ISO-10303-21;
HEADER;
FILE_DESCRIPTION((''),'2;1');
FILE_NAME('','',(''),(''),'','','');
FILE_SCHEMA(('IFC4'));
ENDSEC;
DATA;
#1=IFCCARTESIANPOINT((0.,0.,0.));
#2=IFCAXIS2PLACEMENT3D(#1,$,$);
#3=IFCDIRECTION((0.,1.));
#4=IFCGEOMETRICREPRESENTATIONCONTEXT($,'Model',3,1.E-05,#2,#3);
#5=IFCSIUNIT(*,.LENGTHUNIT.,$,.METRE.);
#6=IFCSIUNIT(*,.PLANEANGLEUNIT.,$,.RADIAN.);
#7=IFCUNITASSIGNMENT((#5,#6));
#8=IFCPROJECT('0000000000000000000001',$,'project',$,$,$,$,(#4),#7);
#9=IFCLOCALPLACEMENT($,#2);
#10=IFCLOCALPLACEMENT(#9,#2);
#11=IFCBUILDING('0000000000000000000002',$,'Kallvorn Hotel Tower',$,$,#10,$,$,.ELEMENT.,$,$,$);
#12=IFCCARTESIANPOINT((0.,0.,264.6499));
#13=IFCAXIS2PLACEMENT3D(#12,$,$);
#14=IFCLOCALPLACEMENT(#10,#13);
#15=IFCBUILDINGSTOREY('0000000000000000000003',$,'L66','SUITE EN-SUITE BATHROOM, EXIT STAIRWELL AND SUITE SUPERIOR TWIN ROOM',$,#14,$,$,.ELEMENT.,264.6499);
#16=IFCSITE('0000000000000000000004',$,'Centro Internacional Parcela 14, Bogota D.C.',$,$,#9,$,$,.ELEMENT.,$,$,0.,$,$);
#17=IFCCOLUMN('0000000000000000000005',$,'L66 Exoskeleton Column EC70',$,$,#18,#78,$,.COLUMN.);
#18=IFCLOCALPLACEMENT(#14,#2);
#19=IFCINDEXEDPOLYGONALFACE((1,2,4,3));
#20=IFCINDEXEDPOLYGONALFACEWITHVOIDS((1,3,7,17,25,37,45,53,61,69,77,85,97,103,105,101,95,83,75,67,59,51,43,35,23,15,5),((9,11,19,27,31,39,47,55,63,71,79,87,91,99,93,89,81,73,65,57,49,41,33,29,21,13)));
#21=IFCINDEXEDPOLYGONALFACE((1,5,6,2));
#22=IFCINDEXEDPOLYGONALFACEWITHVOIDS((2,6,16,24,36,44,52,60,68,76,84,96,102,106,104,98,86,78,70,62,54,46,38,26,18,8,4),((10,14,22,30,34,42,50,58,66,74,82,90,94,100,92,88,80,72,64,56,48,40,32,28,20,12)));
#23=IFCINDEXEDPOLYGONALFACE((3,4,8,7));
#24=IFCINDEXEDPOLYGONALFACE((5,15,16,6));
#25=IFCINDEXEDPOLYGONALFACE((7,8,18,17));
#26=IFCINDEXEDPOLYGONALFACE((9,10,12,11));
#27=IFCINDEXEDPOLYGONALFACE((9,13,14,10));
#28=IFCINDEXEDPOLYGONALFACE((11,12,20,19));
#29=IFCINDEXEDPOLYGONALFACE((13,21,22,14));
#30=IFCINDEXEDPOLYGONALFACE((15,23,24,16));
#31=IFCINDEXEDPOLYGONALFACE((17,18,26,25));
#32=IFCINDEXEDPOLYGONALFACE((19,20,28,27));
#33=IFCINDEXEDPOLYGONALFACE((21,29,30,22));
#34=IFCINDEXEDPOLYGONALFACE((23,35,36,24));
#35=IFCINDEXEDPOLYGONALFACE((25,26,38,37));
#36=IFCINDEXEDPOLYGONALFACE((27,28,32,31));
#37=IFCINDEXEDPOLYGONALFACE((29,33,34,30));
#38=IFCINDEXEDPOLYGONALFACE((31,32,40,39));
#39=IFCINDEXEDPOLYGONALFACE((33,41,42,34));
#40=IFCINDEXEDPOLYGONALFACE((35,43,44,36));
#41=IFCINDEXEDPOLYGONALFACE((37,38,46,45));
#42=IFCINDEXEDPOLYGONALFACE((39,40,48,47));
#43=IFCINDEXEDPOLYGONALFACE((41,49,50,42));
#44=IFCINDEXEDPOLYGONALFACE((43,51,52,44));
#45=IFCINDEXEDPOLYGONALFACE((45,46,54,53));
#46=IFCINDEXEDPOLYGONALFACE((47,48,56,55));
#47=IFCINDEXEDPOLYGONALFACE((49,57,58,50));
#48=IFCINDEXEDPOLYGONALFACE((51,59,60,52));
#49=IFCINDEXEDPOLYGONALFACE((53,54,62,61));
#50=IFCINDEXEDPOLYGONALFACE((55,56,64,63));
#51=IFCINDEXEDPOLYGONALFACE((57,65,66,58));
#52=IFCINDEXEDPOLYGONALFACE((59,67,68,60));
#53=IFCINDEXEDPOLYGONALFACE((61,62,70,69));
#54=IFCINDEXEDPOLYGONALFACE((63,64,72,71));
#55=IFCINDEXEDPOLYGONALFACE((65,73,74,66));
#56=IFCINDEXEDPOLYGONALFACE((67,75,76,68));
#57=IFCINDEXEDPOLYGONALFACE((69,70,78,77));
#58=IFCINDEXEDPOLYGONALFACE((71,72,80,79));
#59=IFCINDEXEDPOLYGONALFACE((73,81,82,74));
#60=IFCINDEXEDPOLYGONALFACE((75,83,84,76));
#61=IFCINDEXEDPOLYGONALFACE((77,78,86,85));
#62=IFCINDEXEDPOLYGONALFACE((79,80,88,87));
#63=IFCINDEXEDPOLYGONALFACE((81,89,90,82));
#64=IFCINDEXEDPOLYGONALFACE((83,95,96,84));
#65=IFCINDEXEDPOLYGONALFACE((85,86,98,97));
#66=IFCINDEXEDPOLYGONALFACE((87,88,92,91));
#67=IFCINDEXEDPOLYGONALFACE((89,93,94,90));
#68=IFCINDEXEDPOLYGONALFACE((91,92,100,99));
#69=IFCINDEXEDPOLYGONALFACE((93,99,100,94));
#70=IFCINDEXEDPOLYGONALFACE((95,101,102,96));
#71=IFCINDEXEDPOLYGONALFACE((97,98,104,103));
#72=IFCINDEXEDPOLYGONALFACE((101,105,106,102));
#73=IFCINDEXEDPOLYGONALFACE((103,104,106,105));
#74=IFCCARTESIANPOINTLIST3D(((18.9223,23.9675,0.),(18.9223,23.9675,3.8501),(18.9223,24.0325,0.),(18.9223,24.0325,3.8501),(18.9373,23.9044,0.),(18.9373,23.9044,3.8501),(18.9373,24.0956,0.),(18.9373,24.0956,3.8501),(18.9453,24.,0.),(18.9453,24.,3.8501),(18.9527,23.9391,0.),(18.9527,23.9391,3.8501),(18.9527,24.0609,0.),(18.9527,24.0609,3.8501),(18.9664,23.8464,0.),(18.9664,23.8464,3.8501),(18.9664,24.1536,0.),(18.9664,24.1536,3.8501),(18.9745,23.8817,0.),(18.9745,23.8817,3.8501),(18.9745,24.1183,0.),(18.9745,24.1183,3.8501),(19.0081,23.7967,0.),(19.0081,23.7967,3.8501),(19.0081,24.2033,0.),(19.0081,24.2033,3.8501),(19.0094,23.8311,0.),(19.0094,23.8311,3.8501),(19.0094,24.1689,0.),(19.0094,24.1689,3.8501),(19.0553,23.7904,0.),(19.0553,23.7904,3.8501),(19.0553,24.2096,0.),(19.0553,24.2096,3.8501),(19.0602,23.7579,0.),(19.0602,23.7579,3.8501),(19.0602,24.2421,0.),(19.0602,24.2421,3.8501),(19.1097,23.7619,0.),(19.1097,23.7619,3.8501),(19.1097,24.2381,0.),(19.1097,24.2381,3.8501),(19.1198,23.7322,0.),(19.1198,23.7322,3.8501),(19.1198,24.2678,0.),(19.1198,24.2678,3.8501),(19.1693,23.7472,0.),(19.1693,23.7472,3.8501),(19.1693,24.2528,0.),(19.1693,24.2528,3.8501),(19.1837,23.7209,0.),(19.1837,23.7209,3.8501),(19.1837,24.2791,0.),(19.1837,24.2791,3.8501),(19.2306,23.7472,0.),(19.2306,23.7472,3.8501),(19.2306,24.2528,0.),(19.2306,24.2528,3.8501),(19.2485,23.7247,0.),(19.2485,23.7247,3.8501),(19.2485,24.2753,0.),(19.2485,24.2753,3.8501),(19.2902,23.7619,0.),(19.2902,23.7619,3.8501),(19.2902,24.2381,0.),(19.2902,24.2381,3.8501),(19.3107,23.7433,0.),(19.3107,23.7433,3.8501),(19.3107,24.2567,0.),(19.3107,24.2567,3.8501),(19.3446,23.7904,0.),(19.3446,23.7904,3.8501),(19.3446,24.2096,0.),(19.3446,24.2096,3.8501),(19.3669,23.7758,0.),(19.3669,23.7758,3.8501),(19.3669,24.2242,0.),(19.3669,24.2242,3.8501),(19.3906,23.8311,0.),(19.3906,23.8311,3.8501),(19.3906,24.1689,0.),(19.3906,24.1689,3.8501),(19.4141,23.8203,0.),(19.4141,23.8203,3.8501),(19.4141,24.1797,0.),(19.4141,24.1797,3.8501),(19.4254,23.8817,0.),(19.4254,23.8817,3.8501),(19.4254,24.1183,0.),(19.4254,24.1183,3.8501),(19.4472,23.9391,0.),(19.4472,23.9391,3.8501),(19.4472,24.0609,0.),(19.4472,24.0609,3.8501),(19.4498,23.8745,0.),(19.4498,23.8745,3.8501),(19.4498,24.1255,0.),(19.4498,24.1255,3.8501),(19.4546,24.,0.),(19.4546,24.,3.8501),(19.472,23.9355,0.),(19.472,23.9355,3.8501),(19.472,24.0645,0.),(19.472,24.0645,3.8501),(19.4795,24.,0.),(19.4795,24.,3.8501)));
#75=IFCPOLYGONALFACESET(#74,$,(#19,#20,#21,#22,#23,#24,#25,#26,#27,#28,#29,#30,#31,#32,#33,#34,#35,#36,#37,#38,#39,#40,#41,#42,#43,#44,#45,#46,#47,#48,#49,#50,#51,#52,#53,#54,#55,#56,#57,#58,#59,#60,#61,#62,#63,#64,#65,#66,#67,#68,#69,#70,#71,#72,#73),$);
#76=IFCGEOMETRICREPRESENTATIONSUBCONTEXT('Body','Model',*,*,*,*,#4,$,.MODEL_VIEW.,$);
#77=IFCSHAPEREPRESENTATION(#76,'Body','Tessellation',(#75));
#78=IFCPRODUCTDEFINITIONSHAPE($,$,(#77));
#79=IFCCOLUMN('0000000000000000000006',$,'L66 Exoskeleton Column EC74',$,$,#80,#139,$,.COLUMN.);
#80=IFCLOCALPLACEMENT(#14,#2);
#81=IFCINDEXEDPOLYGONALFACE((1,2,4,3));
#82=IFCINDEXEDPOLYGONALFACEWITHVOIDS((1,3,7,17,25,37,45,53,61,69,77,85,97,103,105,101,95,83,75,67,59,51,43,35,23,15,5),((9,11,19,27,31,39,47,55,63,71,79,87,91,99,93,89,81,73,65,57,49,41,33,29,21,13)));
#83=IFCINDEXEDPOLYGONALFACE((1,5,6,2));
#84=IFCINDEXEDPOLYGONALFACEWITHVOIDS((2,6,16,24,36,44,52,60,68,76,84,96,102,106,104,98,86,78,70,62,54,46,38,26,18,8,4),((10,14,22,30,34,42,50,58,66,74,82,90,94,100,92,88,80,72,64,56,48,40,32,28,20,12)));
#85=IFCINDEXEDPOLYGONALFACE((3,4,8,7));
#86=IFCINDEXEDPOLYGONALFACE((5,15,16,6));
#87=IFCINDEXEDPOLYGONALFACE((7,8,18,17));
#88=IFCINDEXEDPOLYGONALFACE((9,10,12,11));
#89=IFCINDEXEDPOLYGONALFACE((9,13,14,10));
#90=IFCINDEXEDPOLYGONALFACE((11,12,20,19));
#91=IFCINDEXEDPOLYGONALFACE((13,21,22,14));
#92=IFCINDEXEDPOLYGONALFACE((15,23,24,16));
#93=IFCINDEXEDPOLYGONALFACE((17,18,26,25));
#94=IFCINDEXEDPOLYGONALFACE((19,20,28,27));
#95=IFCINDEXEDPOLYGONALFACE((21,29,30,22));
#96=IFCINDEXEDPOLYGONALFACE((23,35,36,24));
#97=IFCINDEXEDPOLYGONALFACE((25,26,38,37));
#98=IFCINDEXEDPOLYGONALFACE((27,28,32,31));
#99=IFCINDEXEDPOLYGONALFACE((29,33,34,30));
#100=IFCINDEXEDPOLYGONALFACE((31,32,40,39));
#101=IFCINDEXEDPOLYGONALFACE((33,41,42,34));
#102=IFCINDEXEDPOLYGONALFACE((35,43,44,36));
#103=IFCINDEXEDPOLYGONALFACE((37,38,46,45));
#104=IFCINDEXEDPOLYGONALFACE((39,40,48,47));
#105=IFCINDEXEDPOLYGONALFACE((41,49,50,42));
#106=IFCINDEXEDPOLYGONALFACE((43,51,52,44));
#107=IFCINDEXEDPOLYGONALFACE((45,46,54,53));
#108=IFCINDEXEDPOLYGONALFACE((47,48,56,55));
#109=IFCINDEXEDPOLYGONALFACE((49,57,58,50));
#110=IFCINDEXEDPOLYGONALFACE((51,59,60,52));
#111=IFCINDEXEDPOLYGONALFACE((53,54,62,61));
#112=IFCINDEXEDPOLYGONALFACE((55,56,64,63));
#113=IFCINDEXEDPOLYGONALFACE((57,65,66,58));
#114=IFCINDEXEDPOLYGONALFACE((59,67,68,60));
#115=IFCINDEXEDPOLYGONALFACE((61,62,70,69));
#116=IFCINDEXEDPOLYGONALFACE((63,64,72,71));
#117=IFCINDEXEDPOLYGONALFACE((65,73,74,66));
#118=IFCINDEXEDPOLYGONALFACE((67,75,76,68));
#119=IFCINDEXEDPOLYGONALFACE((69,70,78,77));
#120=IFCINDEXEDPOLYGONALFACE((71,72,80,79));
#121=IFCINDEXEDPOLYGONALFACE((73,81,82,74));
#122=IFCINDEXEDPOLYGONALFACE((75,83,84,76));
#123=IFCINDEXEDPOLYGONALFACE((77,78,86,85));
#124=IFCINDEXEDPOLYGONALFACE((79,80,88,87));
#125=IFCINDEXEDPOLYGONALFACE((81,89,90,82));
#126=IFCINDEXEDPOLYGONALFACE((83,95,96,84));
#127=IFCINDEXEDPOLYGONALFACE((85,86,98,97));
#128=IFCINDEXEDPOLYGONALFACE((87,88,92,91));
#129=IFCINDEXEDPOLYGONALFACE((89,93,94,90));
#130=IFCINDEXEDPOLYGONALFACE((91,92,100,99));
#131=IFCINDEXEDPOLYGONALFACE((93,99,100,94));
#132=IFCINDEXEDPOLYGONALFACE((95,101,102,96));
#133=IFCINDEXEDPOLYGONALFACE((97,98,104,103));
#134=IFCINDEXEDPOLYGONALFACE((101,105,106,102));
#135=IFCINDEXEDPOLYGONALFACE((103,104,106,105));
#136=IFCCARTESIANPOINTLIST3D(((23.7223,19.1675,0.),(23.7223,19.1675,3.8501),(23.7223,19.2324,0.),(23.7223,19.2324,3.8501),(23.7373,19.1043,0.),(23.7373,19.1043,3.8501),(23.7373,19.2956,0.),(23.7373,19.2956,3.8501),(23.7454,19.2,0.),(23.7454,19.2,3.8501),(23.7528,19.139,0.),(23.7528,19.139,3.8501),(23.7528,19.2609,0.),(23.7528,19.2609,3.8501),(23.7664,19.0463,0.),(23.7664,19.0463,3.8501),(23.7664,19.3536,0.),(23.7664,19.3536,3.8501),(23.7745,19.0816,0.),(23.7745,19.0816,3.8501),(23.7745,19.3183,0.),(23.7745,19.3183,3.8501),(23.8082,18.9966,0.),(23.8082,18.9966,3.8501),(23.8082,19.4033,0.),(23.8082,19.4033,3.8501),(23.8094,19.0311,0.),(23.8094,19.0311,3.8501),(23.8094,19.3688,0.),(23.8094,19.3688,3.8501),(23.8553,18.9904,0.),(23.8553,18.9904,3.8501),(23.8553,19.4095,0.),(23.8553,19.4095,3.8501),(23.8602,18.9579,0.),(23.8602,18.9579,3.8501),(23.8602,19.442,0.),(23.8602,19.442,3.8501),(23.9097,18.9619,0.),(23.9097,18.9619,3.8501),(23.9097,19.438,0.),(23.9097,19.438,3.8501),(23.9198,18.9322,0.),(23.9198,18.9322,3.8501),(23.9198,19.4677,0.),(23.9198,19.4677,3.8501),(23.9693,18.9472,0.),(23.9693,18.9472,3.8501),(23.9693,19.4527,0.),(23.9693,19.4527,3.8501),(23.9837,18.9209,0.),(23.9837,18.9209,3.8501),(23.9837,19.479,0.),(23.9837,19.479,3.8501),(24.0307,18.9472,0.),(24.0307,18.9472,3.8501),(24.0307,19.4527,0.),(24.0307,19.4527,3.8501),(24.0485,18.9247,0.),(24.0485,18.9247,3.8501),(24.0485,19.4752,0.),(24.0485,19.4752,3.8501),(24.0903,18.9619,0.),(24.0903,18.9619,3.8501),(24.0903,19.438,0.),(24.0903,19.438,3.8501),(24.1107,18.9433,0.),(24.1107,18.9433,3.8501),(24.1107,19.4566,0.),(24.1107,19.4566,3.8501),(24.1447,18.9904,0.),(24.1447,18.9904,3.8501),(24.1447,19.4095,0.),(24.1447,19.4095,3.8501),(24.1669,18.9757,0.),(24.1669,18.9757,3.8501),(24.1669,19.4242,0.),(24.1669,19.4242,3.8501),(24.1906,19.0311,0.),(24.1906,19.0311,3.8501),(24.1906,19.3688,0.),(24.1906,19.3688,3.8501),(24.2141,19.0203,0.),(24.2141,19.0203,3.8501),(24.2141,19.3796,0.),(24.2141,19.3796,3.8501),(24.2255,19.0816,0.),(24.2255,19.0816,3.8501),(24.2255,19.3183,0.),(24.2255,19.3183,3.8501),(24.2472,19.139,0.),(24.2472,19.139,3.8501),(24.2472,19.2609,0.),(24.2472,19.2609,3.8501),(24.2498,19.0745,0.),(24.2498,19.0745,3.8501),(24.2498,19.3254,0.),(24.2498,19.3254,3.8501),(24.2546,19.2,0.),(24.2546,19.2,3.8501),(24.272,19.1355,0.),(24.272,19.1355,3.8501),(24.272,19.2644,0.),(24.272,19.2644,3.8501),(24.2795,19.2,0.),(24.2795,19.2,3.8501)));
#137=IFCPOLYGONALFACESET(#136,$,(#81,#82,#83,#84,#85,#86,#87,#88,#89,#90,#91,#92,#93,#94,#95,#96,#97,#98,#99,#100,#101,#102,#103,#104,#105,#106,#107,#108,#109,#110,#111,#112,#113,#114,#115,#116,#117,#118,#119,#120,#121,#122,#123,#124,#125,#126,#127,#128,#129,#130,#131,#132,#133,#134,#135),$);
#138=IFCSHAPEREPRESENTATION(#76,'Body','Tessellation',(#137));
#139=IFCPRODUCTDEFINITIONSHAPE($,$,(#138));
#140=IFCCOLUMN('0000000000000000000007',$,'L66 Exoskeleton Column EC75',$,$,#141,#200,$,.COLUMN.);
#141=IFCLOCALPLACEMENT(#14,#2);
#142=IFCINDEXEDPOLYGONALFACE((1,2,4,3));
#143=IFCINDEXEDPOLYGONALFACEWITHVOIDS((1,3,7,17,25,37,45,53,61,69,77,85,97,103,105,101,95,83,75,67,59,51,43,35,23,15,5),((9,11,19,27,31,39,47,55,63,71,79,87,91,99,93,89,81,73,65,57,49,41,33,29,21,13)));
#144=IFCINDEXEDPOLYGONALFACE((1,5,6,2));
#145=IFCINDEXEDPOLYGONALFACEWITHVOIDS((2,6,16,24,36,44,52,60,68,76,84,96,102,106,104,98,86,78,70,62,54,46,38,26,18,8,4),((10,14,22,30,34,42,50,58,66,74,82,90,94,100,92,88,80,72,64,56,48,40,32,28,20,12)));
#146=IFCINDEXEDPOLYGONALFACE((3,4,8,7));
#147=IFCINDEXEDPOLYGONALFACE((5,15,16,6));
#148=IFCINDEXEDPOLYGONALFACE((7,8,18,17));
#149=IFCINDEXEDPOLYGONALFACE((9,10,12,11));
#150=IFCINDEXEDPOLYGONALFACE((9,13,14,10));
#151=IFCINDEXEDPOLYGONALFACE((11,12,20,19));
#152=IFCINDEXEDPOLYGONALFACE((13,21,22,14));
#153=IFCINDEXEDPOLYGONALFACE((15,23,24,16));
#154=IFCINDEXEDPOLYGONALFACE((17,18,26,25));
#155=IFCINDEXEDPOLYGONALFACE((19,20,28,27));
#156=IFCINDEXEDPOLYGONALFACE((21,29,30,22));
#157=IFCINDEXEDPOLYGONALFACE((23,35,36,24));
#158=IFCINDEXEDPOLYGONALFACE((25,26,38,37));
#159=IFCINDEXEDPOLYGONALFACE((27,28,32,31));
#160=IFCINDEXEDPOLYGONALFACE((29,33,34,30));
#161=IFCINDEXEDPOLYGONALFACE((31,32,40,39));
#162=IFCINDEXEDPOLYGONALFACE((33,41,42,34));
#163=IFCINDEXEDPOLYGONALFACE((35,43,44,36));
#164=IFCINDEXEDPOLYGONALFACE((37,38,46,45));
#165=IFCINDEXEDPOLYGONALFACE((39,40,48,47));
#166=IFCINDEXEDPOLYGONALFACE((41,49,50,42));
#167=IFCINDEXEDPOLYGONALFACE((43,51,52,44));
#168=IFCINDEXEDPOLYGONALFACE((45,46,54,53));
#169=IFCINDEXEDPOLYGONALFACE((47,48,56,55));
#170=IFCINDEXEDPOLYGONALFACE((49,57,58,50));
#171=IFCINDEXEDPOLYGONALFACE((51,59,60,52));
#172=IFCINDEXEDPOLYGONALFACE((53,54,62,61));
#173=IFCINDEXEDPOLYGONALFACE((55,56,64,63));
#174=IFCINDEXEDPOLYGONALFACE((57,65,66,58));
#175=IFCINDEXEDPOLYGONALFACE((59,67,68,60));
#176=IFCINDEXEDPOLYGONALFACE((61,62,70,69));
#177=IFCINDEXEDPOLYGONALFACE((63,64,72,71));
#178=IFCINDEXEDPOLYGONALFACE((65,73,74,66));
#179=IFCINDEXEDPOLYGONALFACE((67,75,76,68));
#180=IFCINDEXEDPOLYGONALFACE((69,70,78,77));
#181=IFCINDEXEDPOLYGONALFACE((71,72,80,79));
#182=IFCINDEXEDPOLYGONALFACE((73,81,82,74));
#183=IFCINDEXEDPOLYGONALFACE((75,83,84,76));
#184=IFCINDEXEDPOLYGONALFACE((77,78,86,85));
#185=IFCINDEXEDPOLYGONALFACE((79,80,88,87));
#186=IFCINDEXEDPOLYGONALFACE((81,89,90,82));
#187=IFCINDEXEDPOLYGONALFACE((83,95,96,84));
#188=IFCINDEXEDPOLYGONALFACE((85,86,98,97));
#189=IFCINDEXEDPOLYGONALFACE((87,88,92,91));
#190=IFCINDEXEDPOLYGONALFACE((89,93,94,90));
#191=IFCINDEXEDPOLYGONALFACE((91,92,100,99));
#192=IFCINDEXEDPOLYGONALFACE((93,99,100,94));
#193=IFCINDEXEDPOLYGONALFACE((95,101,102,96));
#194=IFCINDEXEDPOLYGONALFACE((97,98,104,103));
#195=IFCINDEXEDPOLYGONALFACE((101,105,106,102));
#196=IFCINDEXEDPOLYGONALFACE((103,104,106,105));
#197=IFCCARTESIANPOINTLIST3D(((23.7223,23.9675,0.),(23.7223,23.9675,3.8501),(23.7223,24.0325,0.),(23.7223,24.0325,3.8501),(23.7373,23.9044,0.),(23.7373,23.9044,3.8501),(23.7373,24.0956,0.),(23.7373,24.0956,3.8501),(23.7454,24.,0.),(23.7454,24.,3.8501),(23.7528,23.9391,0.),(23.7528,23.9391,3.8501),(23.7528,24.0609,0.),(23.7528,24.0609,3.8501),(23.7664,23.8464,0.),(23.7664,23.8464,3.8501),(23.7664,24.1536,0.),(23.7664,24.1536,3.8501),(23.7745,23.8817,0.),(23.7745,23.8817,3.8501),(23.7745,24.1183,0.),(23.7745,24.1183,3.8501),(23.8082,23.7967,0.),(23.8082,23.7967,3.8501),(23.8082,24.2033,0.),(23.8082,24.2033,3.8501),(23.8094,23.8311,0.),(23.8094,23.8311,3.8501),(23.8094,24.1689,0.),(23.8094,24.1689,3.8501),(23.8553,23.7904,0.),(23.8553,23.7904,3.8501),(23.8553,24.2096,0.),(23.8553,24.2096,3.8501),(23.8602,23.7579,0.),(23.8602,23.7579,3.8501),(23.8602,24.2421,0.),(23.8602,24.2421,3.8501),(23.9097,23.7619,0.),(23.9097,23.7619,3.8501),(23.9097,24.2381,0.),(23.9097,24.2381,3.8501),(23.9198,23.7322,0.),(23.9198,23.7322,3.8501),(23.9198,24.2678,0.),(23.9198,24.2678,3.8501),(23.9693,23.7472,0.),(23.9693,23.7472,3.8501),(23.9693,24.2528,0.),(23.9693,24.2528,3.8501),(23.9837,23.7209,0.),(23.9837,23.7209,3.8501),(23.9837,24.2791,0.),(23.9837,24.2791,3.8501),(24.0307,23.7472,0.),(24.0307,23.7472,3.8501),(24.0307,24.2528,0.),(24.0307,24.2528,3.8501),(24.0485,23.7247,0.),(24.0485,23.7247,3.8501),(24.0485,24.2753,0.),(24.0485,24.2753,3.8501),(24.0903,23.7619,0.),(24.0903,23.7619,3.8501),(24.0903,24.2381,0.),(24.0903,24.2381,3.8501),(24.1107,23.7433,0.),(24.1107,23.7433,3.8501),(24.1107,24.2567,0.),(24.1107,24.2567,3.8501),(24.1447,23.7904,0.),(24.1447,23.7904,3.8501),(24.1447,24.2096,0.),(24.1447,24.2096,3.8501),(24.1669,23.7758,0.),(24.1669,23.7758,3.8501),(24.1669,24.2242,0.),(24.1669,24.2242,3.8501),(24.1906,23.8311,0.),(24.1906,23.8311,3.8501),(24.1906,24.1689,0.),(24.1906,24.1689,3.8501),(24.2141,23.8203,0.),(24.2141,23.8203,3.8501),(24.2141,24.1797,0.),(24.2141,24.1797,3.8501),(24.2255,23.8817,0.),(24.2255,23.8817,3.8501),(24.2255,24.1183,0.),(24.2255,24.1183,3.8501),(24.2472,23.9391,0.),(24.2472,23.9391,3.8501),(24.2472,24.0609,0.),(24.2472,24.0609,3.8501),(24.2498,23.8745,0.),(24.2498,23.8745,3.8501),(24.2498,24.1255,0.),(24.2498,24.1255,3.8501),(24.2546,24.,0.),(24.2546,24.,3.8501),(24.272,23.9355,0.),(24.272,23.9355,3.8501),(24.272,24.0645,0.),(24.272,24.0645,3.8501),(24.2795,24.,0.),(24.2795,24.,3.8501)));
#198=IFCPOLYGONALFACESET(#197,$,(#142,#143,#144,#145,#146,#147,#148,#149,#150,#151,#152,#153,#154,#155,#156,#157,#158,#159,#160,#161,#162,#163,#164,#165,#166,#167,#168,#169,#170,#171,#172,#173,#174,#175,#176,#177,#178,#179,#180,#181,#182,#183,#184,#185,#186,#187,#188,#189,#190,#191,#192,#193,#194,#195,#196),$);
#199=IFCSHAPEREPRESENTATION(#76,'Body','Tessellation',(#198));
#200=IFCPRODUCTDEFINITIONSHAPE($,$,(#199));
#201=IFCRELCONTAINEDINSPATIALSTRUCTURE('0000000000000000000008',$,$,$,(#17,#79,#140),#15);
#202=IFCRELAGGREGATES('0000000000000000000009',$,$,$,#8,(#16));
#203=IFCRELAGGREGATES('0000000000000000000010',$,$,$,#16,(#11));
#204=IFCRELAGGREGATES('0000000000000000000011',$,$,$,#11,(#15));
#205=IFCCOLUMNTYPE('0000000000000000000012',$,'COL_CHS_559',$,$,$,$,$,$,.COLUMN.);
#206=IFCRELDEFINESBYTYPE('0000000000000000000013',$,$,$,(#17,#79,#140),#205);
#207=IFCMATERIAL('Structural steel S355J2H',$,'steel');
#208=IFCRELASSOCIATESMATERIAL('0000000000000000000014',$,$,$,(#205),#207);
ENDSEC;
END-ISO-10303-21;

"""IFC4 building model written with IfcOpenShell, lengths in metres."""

from ifc_helpers import new_model, si_unit, direction, frame, origin, origin_2d, place, context, subcontext, project, spatial, hollow_circle, extrude, material, material_profile, profile_set, type_object, element, save


model = new_model("IFC4")

# Units and contexts
model_context = context("Model", 3, precision=1e-05, world=origin(), true_north=direction((0.0, 1.0)))
body_context = subcontext(model_context, "Body", "Model", "MODEL_VIEW")
ifc_project = project(units=[si_unit("LENGTHUNIT", "METRE"), si_unit("PLANEANGLEUNIT", "RADIAN")], contexts=[model_context])

# Site, building, storey
site_placement = place(None, origin())
site = spatial("IfcSite", under=ifc_project, at=site_placement, Name="Centro Internacional Parcela 14, Bogota D.C.", CompositionType="ELEMENT", RefElevation=0.0)
building_placement = place(site_placement, origin())
building = spatial("IfcBuilding", under=site, at=building_placement, Name="Kallvorn Hotel Tower", CompositionType="ELEMENT")
storey_placement = place(building_placement, frame((0.0, 0.0, 264.6499)))
storey = spatial("IfcBuildingStorey", under=building, at=storey_placement, Name="L66", Description="SUITE EN-SUITE BATHROOM, EXIT STAIRWELL AND SUITE SUPERIOR TWIN ROOM", CompositionType="ELEMENT", Elevation=264.6499)

# Columns
ifc_material_1 = material(Name="Structural steel S355J2H", Category="steel")
ifc_material_profile_1 = material_profile(ifc_material_1, hollow_circle(Radius=0.2795, WallThickness=0.0249, at=origin_2d()), Name="CHS 559x25")
ifc_profile_set_1 = profile_set([ifc_material_profile_1], Name="Structural steel S355J2H")
column_type = type_object("IfcColumnType", Name="COL_CHS_559", PredefinedType="COLUMN", material=ifc_profile_set_1)
for number, where, z_axis, x_axis, name in (
    (1, (19.2, 24.0, 0.0), (0.0, 0.0, 1.0), (1.0, 0.0, 0.0), "L66 Exoskeleton Column EC70"),
    (2, (24.0, 19.2, 0.0), (0.0, 0.0, 1.0), (1.0, 0.0, 0.0), "L66 Exoskeleton Column EC74"),
    (3, (24.0, 24.0, 0.0), (0.0, 0.0, 1.0), (1.0, 0.0, 0.0), "L66 Exoskeleton Column EC75"),
):
    element("IfcColumn", number, at=place(storey_placement, frame(where, z_axis=z_axis, x_axis=x_axis)), inside=storey, type_object=column_type, Name=name, PredefinedType="COLUMN", context=body_context, shape_type="SweptSolid", body=[
        extrude(hollow_circle(Radius=0.2795, WallThickness=0.0249, at=origin_2d()), origin(), (0.0, 0.0, 1.0), 3.8501),
    ])

save(model, "model.ifc")
